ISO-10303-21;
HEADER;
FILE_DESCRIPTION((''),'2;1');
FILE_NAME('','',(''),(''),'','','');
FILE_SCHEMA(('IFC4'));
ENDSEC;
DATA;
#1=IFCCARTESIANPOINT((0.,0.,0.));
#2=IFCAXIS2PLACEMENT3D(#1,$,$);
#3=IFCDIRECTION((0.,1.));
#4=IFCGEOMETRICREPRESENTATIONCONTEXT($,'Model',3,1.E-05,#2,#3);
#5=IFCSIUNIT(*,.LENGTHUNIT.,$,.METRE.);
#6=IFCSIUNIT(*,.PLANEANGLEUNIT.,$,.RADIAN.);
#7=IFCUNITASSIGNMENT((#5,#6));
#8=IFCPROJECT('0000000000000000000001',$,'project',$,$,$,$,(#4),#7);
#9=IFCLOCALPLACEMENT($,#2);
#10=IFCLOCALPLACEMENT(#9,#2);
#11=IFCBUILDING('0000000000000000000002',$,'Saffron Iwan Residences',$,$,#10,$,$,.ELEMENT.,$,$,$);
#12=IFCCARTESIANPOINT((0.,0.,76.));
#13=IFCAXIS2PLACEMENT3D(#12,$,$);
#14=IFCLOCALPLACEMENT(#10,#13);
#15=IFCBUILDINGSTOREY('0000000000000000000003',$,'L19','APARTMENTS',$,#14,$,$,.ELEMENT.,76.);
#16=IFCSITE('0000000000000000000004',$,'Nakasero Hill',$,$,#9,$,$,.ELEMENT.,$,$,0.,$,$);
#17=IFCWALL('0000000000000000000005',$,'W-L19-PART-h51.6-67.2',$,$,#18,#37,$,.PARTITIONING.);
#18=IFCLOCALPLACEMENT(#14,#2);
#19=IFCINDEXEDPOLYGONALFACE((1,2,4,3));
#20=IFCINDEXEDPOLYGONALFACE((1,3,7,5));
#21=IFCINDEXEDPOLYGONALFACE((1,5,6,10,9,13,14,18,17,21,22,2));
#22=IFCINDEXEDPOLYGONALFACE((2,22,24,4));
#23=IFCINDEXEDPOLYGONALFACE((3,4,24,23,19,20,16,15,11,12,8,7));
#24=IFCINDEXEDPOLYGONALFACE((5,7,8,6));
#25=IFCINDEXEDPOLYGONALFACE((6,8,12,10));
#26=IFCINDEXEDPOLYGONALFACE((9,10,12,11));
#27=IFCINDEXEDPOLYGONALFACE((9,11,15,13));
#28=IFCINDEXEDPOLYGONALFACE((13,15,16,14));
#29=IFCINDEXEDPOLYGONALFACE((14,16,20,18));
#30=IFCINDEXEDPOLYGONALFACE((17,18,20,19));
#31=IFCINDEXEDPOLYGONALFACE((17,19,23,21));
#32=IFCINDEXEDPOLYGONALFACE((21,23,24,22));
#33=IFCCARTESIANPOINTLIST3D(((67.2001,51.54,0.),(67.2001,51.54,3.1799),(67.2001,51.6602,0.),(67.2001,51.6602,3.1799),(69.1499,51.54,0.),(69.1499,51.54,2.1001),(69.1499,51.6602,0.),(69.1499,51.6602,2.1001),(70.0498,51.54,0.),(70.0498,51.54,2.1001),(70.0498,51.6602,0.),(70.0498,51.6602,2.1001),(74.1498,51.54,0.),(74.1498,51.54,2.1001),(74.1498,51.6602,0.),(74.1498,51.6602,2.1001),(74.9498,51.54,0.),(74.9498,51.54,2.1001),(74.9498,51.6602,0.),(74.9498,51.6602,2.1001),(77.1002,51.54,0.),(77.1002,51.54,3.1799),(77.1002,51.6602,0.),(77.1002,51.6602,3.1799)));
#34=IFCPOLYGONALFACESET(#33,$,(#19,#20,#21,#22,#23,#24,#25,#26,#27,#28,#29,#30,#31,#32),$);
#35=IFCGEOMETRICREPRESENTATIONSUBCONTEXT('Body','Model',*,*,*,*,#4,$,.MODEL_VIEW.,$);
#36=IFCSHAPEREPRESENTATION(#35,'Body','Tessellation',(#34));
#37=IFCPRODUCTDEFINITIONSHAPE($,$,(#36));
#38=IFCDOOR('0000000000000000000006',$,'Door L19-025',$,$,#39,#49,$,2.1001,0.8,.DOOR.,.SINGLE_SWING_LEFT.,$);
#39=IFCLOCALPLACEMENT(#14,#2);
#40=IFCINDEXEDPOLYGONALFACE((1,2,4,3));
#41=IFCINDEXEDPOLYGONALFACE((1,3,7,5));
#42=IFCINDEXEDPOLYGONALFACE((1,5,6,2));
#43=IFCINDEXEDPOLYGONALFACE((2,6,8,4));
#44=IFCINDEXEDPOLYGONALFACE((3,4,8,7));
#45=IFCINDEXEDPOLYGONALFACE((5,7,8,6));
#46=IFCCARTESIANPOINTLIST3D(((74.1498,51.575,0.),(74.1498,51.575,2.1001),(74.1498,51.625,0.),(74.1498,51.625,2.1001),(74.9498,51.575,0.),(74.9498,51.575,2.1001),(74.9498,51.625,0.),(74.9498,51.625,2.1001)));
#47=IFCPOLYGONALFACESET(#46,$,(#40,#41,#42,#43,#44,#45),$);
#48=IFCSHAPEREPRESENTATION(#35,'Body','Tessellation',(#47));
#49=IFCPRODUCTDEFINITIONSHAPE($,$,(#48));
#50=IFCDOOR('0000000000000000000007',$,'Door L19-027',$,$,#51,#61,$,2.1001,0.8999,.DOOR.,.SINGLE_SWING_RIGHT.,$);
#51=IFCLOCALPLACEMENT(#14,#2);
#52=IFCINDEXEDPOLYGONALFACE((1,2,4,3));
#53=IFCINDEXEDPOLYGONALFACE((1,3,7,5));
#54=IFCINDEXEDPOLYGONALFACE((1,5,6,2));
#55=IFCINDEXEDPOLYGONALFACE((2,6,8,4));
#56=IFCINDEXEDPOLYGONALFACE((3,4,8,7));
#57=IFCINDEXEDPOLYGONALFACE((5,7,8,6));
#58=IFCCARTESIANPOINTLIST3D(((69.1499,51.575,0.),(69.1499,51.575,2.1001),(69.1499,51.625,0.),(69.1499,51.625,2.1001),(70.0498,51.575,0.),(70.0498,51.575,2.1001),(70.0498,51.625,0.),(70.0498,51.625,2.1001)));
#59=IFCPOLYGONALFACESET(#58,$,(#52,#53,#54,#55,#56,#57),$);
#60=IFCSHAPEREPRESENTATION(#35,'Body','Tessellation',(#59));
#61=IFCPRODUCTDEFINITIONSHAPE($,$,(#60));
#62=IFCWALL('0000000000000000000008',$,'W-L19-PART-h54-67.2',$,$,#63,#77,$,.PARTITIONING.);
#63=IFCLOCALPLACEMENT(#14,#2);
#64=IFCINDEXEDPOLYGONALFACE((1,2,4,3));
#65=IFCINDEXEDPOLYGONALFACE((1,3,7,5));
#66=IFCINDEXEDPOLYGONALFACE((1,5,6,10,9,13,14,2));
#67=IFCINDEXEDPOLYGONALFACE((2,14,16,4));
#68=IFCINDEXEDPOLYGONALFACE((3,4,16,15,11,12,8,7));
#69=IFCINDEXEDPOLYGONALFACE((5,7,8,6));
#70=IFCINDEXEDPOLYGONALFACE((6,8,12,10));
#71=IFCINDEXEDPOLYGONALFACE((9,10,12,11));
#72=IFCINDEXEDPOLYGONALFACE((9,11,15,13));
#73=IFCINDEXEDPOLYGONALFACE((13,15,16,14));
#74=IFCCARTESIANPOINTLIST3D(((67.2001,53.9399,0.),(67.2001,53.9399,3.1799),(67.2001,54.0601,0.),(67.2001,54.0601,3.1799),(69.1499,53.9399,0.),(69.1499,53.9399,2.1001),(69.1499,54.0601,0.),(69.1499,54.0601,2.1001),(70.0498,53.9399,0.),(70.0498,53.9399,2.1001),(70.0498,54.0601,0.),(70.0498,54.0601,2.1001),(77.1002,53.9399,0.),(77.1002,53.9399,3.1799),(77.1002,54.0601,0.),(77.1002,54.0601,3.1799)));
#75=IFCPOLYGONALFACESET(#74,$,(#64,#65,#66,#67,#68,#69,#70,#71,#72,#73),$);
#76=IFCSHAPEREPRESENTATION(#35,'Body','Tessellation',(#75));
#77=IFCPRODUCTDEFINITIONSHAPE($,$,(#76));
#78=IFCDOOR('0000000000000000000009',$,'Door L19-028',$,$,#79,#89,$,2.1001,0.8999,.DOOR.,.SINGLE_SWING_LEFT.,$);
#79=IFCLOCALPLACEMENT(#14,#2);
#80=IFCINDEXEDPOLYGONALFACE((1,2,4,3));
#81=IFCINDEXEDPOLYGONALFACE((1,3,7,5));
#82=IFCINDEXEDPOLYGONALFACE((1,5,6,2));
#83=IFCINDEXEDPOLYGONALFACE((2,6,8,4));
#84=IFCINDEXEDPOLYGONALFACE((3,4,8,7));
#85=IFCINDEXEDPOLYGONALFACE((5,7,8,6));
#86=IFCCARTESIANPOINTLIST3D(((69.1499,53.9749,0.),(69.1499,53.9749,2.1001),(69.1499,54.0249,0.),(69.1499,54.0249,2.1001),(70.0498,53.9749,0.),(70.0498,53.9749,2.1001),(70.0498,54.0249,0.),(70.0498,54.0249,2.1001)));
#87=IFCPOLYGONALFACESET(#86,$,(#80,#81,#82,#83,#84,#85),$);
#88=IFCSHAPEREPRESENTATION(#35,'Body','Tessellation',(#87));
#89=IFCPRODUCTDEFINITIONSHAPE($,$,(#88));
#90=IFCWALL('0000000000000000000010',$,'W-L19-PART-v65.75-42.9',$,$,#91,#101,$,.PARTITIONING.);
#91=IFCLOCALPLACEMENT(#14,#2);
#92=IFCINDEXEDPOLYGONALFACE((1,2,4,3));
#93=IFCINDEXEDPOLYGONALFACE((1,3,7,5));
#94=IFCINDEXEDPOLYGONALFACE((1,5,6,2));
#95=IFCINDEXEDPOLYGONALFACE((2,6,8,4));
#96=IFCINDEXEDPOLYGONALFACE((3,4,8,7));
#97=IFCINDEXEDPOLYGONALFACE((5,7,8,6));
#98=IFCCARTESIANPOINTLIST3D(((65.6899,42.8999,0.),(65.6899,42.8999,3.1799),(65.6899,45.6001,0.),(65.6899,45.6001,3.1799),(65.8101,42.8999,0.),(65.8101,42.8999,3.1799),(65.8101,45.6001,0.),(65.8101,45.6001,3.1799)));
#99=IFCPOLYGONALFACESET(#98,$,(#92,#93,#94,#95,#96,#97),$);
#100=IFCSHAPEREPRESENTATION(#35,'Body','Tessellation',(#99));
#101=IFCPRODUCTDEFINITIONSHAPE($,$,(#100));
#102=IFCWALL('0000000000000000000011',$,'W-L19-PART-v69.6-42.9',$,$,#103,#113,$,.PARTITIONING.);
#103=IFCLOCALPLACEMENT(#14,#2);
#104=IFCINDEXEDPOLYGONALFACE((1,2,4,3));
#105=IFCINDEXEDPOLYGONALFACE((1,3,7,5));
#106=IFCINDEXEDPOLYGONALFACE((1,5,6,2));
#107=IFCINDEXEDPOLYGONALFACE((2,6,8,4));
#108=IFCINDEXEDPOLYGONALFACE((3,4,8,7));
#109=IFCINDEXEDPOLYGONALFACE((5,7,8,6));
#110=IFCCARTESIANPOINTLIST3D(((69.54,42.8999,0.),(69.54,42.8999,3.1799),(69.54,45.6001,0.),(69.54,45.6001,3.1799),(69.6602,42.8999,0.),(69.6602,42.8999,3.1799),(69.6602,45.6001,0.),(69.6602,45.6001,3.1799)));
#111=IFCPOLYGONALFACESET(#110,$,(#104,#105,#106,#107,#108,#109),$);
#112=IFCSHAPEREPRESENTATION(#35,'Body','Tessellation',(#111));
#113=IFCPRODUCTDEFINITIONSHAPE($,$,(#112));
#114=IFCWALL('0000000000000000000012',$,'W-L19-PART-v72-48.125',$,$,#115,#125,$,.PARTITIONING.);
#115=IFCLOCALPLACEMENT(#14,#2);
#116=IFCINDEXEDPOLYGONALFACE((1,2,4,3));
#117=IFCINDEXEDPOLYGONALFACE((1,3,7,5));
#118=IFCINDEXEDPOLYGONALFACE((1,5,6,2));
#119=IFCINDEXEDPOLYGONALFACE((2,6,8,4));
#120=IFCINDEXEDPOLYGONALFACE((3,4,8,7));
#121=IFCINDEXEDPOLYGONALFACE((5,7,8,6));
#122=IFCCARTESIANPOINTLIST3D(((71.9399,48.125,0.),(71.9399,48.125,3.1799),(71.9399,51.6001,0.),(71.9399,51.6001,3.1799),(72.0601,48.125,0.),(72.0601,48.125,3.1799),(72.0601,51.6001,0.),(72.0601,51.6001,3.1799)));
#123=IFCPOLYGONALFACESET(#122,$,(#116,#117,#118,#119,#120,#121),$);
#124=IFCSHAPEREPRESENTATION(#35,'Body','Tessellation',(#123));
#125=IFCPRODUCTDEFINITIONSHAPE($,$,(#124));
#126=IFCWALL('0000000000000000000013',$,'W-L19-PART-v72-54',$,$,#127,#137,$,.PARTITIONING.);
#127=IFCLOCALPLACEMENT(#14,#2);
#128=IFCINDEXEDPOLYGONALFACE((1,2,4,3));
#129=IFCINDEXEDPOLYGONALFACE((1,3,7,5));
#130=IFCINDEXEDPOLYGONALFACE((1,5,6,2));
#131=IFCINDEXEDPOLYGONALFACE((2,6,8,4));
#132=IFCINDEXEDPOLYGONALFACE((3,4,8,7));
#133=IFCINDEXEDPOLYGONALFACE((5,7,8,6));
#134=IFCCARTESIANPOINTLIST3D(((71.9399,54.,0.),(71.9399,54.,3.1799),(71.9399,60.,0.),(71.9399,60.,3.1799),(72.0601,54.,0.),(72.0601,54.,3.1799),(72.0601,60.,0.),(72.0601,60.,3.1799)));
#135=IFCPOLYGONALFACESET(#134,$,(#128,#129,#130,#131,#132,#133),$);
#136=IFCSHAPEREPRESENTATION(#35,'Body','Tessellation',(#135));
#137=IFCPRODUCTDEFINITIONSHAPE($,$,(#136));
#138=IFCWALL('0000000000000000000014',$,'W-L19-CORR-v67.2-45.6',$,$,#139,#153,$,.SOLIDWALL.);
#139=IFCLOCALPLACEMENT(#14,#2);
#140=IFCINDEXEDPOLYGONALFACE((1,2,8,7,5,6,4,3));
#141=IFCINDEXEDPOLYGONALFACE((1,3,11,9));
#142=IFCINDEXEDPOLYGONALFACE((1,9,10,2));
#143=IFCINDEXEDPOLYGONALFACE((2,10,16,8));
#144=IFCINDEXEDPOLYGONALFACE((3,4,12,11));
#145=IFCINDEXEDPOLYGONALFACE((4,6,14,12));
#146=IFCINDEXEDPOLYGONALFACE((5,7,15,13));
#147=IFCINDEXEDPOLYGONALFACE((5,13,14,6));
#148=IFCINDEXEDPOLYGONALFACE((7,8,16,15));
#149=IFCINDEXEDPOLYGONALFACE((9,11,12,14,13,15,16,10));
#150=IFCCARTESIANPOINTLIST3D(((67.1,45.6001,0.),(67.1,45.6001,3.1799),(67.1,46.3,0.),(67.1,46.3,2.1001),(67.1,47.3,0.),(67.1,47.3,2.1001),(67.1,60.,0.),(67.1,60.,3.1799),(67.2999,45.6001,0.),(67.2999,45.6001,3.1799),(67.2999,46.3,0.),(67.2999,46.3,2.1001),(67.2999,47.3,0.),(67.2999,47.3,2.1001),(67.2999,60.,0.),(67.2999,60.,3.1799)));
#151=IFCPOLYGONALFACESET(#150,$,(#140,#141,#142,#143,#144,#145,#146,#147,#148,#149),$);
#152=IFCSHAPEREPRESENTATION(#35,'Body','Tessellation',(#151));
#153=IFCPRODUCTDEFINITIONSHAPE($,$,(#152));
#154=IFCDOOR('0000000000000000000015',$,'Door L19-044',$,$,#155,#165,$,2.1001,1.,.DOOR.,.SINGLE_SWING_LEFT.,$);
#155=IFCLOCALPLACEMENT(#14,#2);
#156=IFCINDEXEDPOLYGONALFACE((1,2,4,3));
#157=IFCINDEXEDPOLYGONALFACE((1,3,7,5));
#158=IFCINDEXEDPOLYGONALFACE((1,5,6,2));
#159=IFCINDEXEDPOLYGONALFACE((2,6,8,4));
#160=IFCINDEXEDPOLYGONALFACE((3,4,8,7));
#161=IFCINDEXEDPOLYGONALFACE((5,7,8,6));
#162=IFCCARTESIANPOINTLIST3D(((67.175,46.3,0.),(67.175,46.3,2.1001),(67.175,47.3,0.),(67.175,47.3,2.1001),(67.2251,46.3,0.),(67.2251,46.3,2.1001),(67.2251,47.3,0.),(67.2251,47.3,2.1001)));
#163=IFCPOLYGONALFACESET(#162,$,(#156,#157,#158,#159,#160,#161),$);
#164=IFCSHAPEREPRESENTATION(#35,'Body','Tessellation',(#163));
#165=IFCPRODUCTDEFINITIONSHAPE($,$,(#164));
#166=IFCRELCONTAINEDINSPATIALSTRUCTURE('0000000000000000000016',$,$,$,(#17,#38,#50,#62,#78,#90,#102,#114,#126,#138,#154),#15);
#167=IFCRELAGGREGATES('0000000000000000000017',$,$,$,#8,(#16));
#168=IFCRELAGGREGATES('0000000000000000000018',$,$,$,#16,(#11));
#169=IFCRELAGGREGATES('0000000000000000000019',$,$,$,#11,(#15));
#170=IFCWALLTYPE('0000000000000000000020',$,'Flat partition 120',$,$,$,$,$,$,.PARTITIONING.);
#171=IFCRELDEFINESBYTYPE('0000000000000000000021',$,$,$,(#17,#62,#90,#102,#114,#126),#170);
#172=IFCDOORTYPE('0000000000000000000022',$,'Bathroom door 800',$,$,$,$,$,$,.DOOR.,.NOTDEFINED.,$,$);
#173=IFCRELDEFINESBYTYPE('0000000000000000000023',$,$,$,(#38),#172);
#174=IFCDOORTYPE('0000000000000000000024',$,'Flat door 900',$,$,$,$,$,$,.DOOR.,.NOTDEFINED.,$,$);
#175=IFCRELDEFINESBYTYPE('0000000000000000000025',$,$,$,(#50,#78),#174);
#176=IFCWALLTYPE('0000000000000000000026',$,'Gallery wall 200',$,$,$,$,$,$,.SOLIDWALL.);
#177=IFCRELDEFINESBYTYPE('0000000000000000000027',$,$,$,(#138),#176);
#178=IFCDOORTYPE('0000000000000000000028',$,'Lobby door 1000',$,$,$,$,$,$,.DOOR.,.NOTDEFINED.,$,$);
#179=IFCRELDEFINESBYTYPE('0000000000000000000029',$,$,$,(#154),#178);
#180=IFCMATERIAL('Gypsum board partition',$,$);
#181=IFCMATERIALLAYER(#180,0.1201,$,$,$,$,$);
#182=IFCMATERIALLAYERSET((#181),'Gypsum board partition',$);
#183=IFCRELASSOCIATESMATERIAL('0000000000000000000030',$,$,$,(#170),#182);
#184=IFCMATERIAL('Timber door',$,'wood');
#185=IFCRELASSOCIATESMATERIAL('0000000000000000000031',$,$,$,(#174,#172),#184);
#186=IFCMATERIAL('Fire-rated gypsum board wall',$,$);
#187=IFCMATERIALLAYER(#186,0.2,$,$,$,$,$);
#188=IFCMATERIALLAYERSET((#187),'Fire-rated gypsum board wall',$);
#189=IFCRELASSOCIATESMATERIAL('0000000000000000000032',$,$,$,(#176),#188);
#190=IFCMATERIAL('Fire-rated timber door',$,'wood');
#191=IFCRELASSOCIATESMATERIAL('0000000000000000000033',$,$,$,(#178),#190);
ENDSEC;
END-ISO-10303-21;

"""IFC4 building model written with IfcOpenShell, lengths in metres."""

from ifc_helpers import new_model, si_unit, direction, frame, frame_2d, origin, place, context, subcontext, project, spatial, rectangle, extrude, material, layer, layer_set, type_object, element, fill, save


model = new_model("IFC4")

# Units and contexts
model_context = context("Model", 3, precision=1e-05, world=origin(), true_north=direction((0.0, 1.0)))
body_context = subcontext(model_context, "Body", "Model", "MODEL_VIEW")
ifc_project = project(units=[si_unit("LENGTHUNIT", "METRE"), si_unit("PLANEANGLEUNIT", "RADIAN")], contexts=[model_context])

# Site, building, storey
site_placement = place(None, origin())
site = spatial("IfcSite", under=ifc_project, at=site_placement, Name="Nakasero Hill", CompositionType="ELEMENT", RefElevation=0.0)
building_placement = place(site_placement, origin())
building = spatial("IfcBuilding", under=site, at=building_placement, Name="Saffron Iwan Residences", CompositionType="ELEMENT")
storey_placement = place(building_placement, frame((0.0, 0.0, 76.0)))
storey = spatial("IfcBuildingStorey", under=building, at=storey_placement, Name="L19", Description="APARTMENTS", CompositionType="ELEMENT", Elevation=76.0)

# Shared definitions
ifc_material_1 = material(Name="Fire-rated gypsum board wall")

# Shared definitions
ifc_material_2 = material(Name="Gypsum board partition")
ifc_layer_1 = layer(ifc_material_2, 0.1201)
ifc_layer_set_1 = layer_set([ifc_layer_1], Name="Gypsum board partition")
wall_type_1 = type_object("IfcWallType", Name="Flat partition 120", PredefinedType="PARTITIONING", material=ifc_layer_set_1)
ifc_material_3 = material(Name="Timber door", Category="wood")
door_type_1 = type_object("IfcDoorType", Name="Flat door 900", OperationType="NOTDEFINED", PredefinedType="DOOR", material=ifc_material_3)

# Wall, openings, doors
wall_1_placement = place(storey_placement, frame((67.2, 51.6001, 0.0), z_axis=(0.0, 0.0, 1.0), x_axis=(1.0, 0.0, 0.0)))
wall_1 = element("IfcWall", 1, at=wall_1_placement, inside=storey, type_object=wall_type_1, Name="W-L19-PART-h51.6-67.2", PredefinedType="PARTITIONING", context=body_context, shape_type="SweptSolid", body=[
    extrude(rectangle(XDim=9.9001, YDim=0.1201, at=frame_2d((4.9502, 0.0))), origin(), (0.0, 0.0, 1.0), 3.1799),
])
opening_1_placement = place(wall_1_placement, frame((6.95, 0.0, 0.0)))
opening_1 = element("IfcOpeningElement", 2, at=opening_1_placement, cuts=wall_1, PredefinedType="OPENING", context=body_context, shape_type="SweptSolid", body=[
    extrude(rectangle(XDim=0.8, YDim=2.1001, at=frame_2d((0.3999, 1.05))), frame((0.0, 0.0701, 0.0), z_axis=(0.0, -1.0, 0.0), x_axis=(1.0, 0.0, 0.0)), (0.0, 0.0, 1.0), 0.1401),
])
opening_2_placement = place(wall_1_placement, frame((1.95, 0.0, 0.0)))
opening_2 = element("IfcOpeningElement", 3, at=opening_2_placement, cuts=wall_1, PredefinedType="OPENING", context=body_context, shape_type="SweptSolid", body=[
    extrude(rectangle(XDim=0.8999, YDim=2.1001, at=frame_2d((0.45, 1.05))), frame((0.0, 0.0701, 0.0), z_axis=(0.0, -1.0, 0.0), x_axis=(1.0, 0.0, 0.0)), (0.0, 0.0, 1.0), 0.1401),
])
door_type_2 = type_object("IfcDoorType", Name="Bathroom door 800", OperationType="NOTDEFINED", PredefinedType="DOOR", material=ifc_material_3)
door_1_placement = place(opening_1_placement, origin())
door_1 = element("IfcDoor", 4, at=door_1_placement, inside=storey, type_object=door_type_2, Name="Door L19-025", OperationType="SINGLE_SWING_LEFT", OverallHeight=2.1001, OverallWidth=0.8, PredefinedType="DOOR", context=body_context, shape_type="SweptSolid", body=[
    extrude(rectangle(XDim=0.8, YDim=2.1001, at=frame_2d((0.3999, 1.05))), frame((0.0, 0.0249, 0.0), z_axis=(0.0, -1.0, 0.0), x_axis=(1.0, 0.0, 0.0)), (0.0, 0.0, 1.0), 0.05),
])
fill(opening_1, door_1)
door_2_placement = place(opening_2_placement, origin())
door_2 = element("IfcDoor", 5, at=door_2_placement, inside=storey, type_object=door_type_1, Name="Door L19-027", OperationType="SINGLE_SWING_RIGHT", OverallHeight=2.1001, OverallWidth=0.8999, PredefinedType="DOOR", context=body_context, shape_type="SweptSolid", body=[
    extrude(rectangle(XDim=0.8999, YDim=2.1001, at=frame_2d((0.45, 1.05))), frame((0.0, 0.0249, 0.0), z_axis=(0.0, -1.0, 0.0), x_axis=(1.0, 0.0, 0.0)), (0.0, 0.0, 1.0), 0.05),
])
fill(opening_2, door_2)

# Wall, opening, door
wall_2_placement = place(storey_placement, frame((67.2, 54.0, 0.0), z_axis=(0.0, 0.0, 1.0), x_axis=(1.0, 0.0, 0.0)))
wall_2 = element("IfcWall", 6, at=wall_2_placement, inside=storey, type_object=wall_type_1, Name="W-L19-PART-h54-67.2", PredefinedType="PARTITIONING", context=body_context, shape_type="SweptSolid", body=[
    extrude(rectangle(XDim=9.9001, YDim=0.1201, at=frame_2d((4.9502, 0.0))), origin(), (0.0, 0.0, 1.0), 3.1799),
])
opening_3_placement = place(wall_2_placement, frame((1.95, 0.0, 0.0)))
opening_3 = element("IfcOpeningElement", 7, at=opening_3_placement, cuts=wall_2, PredefinedType="OPENING", context=body_context, shape_type="SweptSolid", body=[
    extrude(rectangle(XDim=0.8999, YDim=2.1001, at=frame_2d((0.45, 1.05))), frame((0.0, 0.0701, 0.0), z_axis=(0.0, -1.0, 0.0), x_axis=(1.0, 0.0, 0.0)), (0.0, 0.0, 1.0), 0.1401),
])
door_3_placement = place(opening_3_placement, origin())
door_3 = element("IfcDoor", 8, at=door_3_placement, inside=storey, type_object=door_type_1, Name="Door L19-028", OperationType="SINGLE_SWING_LEFT", OverallHeight=2.1001, OverallWidth=0.8999, PredefinedType="DOOR", context=body_context, shape_type="SweptSolid", body=[
    extrude(rectangle(XDim=0.8999, YDim=2.1001, at=frame_2d((0.45, 1.05))), frame((0.0, 0.0249, 0.0), z_axis=(0.0, -1.0, 0.0), x_axis=(1.0, 0.0, 0.0)), (0.0, 0.0, 1.0), 0.05),
])
fill(opening_3, door_3)

# Walls
for number, where, z_axis, x_axis, name in (
    (9, (65.75, 42.8999, 0.0), (0.0, 0.0, 1.0), (0.0, 1.0, 0.0), "W-L19-PART-v65.75-42.9"),
    (10, (69.6001, 42.8999, 0.0), (0.0, 0.0, 1.0), (0.0, 1.0, 0.0), "W-L19-PART-v69.6-42.9"),
):
    element("IfcWall", number, at=place(storey_placement, frame(where, z_axis=z_axis, x_axis=x_axis)), inside=storey, type_object=wall_type_1, Name=name, PredefinedType="PARTITIONING", context=body_context, shape_type="SweptSolid", body=[
        extrude(rectangle(XDim=2.7002, YDim=0.1201, at=frame_2d((1.3501, 0.0))), origin(), (0.0, 0.0, 1.0), 3.1799),
    ])
wall_3_placement = place(storey_placement, frame((72.0, 48.125, 0.0), z_axis=(0.0, 0.0, 1.0), x_axis=(0.0, 1.0, 0.0)))
element("IfcWall", 11, at=wall_3_placement, inside=storey, type_object=wall_type_1, Name="W-L19-PART-v72-48.125", PredefinedType="PARTITIONING", context=body_context, shape_type="SweptSolid", body=[
    extrude(rectangle(XDim=3.4751, YDim=0.1201, at=frame_2d((1.7375, 0.0))), origin(), (0.0, 0.0, 1.0), 3.1799),
])
wall_4_placement = place(storey_placement, frame((72.0, 54.0, 0.0), z_axis=(0.0, 0.0, 1.0), x_axis=(0.0, 1.0, 0.0)))
element("IfcWall", 12, at=wall_4_placement, inside=storey, type_object=wall_type_1, Name="W-L19-PART-v72-54", PredefinedType="PARTITIONING", context=body_context, shape_type="SweptSolid", body=[
    extrude(rectangle(XDim=6.0, YDim=0.1201, at=frame_2d((3.0, 0.0))), origin(), (0.0, 0.0, 1.0), 3.1799),
])

# Wall, opening, door
ifc_layer_2 = layer(ifc_material_1, 0.2)
ifc_layer_set_2 = layer_set([ifc_layer_2], Name="Fire-rated gypsum board wall")
wall_type_2 = type_object("IfcWallType", Name="Gallery wall 200", PredefinedType="SOLIDWALL", material=ifc_layer_set_2)
wall_5_placement = place(storey_placement, frame((67.2, 45.6001, 0.0), z_axis=(0.0, 0.0, 1.0), x_axis=(0.0, 1.0, 0.0)))
wall_5 = element("IfcWall", 13, at=wall_5_placement, inside=storey, type_object=wall_type_2, Name="W-L19-CORR-v67.2-45.6", PredefinedType="SOLIDWALL", context=body_context, shape_type="SweptSolid", body=[
    extrude(rectangle(XDim=14.3999, YDim=0.2, at=frame_2d((7.2, 0.0))), origin(), (0.0, 0.0, 1.0), 3.1799),
])
opening_4_placement = place(wall_5_placement, frame((0.7, 0.0, 0.0)))
opening_4 = element("IfcOpeningElement", 14, at=opening_4_placement, cuts=wall_5, PredefinedType="OPENING", context=body_context, shape_type="SweptSolid", body=[
    extrude(rectangle(XDim=1.0, YDim=2.1001, at=frame_2d((0.5, 1.05))), frame((0.0, 0.1099, 0.0), z_axis=(0.0, -1.0, 0.0), x_axis=(1.0, 0.0, 0.0)), (0.0, 0.0, 1.0), 0.22),
])
ifc_material_4 = material(Name="Fire-rated timber door", Category="wood")
door_type_3 = type_object("IfcDoorType", Name="Lobby door 1000", OperationType="NOTDEFINED", PredefinedType="DOOR", material=ifc_material_4)
door_4_placement = place(opening_4_placement, origin())
door_4 = element("IfcDoor", 15, at=door_4_placement, inside=storey, type_object=door_type_3, Name="Door L19-044", OperationType="SINGLE_SWING_LEFT", OverallHeight=2.1001, OverallWidth=1.0, PredefinedType="DOOR", context=body_context, shape_type="SweptSolid", body=[
    extrude(rectangle(XDim=1.0, YDim=2.1001, at=frame_2d((0.5, 1.05))), frame((0.0, 0.0249, 0.0), z_axis=(0.0, -1.0, 0.0), x_axis=(1.0, 0.0, 0.0)), (0.0, 0.0, 1.0), 0.05),
])
fill(opening_4, door_4)

save(model, "model.ifc")
